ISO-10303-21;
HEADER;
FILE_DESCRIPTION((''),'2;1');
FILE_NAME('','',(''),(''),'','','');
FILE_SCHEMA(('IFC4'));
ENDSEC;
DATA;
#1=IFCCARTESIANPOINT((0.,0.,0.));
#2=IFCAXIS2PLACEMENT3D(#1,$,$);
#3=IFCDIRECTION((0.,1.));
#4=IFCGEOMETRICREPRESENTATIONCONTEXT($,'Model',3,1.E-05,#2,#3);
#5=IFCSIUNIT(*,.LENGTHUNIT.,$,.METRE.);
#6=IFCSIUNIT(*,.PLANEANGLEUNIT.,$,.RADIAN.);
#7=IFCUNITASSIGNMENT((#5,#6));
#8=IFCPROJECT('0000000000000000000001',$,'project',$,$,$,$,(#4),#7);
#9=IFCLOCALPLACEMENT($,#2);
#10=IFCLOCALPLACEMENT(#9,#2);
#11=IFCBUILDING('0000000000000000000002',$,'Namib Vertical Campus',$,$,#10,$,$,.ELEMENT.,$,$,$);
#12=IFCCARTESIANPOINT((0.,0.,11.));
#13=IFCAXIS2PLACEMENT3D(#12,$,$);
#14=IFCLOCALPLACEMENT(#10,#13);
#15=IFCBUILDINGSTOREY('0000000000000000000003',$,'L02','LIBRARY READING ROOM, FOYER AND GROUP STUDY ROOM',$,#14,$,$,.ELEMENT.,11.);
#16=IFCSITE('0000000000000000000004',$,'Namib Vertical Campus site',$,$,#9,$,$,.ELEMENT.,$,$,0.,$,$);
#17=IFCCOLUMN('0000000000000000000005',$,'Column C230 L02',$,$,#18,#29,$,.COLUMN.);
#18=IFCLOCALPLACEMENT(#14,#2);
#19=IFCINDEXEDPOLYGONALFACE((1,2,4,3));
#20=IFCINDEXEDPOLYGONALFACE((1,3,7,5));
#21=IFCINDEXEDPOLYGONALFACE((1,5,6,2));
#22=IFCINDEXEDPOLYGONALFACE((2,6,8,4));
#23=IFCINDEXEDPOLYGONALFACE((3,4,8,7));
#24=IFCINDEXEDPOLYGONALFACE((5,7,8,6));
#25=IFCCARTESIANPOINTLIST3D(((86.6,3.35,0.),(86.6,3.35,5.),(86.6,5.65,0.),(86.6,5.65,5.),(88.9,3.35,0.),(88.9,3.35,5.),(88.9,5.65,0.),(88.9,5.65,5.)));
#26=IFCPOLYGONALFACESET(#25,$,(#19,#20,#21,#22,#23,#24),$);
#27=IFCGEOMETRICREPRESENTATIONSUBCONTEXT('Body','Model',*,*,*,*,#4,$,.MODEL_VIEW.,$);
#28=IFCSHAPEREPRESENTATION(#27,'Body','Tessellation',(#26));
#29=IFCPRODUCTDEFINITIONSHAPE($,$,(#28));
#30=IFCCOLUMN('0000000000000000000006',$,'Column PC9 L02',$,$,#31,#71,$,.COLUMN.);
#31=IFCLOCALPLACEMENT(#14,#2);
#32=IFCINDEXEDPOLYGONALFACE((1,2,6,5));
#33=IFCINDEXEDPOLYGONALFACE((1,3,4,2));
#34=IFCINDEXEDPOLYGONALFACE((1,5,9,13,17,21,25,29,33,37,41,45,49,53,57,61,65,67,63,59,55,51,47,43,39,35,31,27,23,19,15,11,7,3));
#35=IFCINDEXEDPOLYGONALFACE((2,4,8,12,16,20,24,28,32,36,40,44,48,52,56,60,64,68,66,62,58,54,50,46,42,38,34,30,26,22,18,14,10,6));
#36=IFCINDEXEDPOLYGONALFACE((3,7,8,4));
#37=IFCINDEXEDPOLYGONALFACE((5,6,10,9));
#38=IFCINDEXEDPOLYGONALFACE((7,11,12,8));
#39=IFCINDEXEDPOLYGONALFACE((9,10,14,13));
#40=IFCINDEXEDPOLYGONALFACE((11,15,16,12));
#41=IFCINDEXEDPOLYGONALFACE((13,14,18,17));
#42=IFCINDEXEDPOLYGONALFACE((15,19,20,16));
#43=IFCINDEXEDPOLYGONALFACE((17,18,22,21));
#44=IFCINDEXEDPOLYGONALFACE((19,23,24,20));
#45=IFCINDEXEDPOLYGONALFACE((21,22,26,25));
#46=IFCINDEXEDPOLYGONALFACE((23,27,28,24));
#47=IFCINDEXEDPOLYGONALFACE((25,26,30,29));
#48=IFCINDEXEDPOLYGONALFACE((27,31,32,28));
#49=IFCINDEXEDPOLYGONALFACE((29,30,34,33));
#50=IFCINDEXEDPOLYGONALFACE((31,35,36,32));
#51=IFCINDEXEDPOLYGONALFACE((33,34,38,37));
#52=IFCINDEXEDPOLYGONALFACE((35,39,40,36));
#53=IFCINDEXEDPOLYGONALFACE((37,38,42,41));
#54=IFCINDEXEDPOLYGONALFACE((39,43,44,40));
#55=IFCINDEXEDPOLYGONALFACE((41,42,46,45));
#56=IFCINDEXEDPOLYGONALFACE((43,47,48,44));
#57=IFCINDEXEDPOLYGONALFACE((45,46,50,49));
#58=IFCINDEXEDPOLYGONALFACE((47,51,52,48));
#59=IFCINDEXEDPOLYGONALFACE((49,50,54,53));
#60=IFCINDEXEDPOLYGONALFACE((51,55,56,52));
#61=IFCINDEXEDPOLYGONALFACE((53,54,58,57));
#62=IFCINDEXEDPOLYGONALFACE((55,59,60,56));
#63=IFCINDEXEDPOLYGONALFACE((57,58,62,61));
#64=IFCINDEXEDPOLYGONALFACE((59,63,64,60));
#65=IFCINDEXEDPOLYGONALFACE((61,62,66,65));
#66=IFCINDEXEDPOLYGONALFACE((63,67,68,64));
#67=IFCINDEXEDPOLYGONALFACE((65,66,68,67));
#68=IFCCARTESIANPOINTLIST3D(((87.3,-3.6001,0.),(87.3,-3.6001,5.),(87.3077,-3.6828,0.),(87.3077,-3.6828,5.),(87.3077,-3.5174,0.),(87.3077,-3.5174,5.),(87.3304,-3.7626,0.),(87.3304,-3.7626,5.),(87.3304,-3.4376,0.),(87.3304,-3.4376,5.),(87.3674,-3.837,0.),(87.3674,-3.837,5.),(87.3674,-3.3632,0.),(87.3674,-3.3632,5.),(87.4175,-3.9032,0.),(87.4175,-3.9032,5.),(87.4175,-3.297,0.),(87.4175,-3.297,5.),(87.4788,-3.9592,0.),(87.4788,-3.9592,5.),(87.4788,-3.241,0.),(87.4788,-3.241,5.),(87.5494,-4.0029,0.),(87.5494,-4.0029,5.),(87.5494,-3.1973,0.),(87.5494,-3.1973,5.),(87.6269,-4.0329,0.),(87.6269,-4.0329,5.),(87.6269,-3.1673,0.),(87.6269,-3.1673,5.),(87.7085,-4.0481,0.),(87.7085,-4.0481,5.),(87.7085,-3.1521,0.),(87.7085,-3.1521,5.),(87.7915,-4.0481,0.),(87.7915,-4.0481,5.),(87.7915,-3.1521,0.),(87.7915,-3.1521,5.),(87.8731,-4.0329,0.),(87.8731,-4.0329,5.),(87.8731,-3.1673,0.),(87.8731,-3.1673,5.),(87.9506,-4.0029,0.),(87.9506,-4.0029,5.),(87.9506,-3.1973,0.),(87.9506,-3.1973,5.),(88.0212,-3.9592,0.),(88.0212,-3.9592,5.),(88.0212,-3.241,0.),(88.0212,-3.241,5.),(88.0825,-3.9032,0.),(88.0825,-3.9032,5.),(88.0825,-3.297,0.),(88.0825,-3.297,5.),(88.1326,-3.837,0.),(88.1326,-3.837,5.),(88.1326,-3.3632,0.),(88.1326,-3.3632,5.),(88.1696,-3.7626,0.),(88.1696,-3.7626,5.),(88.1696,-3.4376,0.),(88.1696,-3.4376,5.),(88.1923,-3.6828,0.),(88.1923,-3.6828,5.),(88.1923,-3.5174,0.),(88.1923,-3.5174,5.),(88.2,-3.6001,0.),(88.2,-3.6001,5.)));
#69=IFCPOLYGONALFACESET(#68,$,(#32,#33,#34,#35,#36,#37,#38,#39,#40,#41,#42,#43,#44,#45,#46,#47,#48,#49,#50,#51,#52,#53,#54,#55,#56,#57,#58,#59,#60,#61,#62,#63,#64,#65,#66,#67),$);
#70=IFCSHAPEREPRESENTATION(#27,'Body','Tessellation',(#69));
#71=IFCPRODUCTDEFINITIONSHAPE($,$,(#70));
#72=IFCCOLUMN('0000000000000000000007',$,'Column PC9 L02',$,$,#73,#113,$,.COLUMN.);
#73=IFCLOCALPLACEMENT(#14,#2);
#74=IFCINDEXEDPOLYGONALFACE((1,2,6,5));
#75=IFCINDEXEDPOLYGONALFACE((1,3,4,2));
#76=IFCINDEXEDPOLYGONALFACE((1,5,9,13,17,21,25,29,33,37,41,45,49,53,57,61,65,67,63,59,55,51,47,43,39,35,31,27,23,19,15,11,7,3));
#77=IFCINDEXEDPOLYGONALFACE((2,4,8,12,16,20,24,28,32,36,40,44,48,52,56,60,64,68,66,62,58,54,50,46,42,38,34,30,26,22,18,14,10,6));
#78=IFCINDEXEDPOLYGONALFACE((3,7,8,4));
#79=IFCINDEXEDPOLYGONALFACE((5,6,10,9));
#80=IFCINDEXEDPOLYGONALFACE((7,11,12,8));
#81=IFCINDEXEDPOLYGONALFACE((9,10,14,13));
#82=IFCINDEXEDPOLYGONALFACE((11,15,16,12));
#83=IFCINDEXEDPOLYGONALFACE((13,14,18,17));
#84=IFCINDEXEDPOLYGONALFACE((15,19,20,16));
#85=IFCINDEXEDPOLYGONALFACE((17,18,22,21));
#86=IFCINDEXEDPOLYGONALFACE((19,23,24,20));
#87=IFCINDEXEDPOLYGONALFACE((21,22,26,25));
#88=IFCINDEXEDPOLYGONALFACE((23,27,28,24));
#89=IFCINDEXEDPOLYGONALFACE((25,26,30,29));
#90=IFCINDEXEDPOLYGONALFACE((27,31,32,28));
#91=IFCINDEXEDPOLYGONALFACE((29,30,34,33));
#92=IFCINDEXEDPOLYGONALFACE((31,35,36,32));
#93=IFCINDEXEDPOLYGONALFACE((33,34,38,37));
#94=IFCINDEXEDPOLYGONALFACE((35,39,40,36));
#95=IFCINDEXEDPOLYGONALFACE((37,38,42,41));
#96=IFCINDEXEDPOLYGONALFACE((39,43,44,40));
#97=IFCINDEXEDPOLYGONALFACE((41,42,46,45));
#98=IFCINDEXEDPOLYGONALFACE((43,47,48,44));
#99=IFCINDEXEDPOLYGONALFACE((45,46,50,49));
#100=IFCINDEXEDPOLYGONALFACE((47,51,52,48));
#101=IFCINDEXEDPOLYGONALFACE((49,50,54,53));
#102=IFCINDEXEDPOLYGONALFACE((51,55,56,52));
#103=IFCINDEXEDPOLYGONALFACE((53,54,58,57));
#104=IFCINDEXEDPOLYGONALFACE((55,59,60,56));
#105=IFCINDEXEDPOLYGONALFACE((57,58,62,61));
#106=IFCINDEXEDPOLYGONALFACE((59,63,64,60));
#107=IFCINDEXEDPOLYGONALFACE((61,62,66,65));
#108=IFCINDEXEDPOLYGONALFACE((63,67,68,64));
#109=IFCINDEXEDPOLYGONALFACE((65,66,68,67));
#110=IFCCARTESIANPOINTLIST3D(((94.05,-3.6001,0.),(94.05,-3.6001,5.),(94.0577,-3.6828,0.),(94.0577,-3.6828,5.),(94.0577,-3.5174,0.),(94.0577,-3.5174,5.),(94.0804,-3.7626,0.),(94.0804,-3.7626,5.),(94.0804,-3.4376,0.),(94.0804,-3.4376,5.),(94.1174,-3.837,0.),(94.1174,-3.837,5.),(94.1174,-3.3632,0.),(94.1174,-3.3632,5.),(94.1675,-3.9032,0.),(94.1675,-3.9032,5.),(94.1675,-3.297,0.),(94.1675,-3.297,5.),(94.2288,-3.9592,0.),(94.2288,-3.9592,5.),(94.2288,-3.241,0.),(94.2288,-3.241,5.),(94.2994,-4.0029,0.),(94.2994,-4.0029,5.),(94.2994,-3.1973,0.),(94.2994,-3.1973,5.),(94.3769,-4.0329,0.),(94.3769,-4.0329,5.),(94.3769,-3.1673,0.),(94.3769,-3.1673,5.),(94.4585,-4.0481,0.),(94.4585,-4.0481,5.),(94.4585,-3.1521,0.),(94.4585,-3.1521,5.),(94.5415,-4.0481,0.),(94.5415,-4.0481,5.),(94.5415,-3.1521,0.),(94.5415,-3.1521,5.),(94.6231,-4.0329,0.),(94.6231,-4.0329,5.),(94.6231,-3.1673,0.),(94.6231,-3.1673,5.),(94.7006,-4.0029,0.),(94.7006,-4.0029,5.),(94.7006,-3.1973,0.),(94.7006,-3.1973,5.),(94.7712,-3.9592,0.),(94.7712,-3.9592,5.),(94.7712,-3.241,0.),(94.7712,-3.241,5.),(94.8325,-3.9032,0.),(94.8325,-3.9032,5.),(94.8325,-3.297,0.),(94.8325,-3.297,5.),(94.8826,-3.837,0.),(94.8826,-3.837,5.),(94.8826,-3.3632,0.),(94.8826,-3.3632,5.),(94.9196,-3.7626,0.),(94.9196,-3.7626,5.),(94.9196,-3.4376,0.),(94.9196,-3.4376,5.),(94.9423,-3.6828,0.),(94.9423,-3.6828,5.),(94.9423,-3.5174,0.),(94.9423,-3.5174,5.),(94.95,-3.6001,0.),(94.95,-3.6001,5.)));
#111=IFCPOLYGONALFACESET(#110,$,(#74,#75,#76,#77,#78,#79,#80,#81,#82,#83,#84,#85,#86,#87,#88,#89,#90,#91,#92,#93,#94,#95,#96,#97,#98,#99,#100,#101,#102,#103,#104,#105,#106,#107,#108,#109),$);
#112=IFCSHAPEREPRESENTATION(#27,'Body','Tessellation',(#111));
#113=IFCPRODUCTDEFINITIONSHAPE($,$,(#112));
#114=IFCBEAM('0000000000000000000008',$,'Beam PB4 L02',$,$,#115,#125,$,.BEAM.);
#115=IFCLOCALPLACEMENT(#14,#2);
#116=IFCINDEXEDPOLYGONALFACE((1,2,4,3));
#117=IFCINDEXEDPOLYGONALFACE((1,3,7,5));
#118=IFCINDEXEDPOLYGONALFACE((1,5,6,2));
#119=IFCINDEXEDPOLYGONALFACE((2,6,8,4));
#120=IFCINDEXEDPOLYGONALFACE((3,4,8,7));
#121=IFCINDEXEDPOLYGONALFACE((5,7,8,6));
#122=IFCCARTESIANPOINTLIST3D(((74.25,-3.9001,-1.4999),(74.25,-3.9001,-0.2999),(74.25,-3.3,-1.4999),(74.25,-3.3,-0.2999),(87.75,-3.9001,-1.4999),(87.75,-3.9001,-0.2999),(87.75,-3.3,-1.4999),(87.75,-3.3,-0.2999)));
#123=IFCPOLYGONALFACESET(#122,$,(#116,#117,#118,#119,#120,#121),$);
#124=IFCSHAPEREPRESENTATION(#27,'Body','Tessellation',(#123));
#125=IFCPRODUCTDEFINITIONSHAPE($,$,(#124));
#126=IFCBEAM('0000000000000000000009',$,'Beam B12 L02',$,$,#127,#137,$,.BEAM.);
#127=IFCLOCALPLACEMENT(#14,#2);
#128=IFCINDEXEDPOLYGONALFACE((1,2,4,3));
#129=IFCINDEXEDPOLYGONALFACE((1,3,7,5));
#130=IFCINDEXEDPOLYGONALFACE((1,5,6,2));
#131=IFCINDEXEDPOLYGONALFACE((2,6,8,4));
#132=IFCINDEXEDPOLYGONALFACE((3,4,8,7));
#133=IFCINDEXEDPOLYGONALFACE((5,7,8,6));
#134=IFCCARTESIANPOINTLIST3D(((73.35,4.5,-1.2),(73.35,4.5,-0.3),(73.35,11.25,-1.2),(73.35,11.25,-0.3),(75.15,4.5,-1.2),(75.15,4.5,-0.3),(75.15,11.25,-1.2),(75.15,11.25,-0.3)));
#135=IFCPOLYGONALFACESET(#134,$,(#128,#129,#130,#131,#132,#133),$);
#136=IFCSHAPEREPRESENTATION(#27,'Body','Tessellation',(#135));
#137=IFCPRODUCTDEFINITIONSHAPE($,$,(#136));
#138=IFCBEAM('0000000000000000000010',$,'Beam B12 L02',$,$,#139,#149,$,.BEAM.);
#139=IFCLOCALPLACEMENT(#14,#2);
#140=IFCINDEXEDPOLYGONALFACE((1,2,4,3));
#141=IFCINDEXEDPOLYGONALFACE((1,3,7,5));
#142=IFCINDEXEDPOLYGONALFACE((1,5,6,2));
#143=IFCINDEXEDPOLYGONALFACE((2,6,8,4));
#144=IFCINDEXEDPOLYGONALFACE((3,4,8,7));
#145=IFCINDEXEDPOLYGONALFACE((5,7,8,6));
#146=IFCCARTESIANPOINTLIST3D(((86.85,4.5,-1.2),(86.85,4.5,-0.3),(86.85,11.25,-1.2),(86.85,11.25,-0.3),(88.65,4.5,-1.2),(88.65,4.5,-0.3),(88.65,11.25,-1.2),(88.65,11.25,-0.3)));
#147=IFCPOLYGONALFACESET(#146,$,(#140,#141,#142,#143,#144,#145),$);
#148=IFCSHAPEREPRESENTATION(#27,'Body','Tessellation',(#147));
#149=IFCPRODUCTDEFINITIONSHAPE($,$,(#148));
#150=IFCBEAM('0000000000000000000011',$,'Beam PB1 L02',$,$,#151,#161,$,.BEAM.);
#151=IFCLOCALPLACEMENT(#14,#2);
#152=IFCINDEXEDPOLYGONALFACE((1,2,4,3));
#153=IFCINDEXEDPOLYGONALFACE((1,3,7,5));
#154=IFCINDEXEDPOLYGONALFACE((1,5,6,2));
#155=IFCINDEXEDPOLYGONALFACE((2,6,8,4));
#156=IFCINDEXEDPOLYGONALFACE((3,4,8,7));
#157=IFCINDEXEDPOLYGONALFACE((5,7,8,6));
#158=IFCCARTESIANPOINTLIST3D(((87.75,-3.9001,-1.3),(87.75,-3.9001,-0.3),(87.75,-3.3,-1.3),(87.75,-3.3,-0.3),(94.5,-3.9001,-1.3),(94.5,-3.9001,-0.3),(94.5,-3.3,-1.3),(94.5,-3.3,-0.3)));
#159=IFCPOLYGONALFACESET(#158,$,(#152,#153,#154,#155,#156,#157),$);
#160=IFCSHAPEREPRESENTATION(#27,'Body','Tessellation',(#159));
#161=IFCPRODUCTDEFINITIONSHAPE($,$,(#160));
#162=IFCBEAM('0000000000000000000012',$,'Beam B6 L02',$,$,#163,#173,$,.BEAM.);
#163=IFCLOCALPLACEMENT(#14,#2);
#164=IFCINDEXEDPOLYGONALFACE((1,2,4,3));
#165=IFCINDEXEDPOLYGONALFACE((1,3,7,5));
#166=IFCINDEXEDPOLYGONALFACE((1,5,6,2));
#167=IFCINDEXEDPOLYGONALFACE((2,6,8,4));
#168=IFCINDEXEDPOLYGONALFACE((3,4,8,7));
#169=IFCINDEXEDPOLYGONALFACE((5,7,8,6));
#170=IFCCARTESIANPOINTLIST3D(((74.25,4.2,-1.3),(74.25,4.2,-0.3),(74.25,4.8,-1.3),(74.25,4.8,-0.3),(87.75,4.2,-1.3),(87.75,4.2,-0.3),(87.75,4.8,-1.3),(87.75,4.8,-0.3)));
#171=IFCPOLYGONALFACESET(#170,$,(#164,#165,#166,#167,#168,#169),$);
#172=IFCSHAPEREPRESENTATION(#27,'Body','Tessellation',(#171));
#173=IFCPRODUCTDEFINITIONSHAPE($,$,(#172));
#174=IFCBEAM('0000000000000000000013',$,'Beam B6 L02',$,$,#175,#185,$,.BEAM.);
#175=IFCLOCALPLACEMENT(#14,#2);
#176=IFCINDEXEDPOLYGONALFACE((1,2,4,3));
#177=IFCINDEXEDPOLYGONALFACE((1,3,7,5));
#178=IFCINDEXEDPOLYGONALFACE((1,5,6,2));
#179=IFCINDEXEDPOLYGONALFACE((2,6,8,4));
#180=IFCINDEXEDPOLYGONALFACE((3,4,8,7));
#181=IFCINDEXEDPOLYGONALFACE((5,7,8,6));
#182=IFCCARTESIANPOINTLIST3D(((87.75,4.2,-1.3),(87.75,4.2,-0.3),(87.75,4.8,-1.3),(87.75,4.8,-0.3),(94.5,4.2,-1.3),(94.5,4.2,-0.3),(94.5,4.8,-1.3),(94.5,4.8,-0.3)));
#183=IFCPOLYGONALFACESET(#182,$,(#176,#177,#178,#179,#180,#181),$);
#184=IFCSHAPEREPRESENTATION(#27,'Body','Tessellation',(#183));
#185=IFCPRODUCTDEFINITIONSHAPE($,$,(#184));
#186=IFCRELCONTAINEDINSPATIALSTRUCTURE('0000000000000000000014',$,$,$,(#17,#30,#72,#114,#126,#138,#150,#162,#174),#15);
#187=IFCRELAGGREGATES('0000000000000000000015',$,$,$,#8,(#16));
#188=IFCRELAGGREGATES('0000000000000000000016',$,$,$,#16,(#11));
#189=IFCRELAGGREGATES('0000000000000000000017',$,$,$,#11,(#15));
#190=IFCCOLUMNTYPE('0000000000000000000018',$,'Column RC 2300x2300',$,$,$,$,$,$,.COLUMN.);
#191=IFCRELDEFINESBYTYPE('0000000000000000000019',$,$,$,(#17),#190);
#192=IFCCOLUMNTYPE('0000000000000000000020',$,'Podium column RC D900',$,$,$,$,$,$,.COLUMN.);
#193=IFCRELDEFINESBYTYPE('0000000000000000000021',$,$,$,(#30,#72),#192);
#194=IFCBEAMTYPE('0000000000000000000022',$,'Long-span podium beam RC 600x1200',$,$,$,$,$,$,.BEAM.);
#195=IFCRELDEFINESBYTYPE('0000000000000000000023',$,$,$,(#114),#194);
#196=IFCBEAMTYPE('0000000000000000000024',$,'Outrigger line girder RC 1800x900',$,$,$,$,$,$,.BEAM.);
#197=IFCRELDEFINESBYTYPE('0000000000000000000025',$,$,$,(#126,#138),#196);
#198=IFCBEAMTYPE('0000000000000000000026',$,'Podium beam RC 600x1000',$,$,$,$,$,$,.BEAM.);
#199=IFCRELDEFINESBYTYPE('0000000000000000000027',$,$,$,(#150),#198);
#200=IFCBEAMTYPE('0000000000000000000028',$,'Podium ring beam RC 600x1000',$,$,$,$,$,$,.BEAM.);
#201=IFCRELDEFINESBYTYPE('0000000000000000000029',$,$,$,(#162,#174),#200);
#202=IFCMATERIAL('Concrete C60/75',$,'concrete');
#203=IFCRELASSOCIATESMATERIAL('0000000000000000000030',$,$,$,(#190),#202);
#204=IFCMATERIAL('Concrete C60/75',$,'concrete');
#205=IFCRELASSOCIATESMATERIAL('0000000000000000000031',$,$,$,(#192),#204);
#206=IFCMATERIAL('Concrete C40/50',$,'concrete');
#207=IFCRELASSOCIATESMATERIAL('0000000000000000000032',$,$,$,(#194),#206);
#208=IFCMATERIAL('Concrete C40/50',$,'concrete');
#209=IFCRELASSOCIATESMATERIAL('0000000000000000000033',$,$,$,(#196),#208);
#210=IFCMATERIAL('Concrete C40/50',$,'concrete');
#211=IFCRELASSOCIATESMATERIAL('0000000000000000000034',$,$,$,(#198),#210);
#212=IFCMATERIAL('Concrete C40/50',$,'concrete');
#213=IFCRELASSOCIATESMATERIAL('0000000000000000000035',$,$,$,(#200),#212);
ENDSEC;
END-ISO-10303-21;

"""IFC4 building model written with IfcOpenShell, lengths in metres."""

from ifc_helpers import new_model, si_unit, direction, frame, origin, origin_2d, place, context, subcontext, project, spatial, rectangle, circle, extrude, material, material_profile, profile_set, type_object, element, save


model = new_model("IFC4")

# Units and contexts
model_context = context("Model", 3, precision=1e-05, world=origin(), true_north=direction((0.0, 1.0)))
body_context = subcontext(model_context, "Body", "Model", "MODEL_VIEW")
ifc_project = project(units=[si_unit("LENGTHUNIT", "METRE"), si_unit("PLANEANGLEUNIT", "RADIAN")], contexts=[model_context])

# Site, building, storey
site_placement = place(None, origin())
site = spatial("IfcSite", under=ifc_project, at=site_placement, Name="Namib Vertical Campus site", CompositionType="ELEMENT", RefElevation=0.0)
building_placement = place(site_placement, origin())
building = spatial("IfcBuilding", under=site, at=building_placement, Name="Namib Vertical Campus", CompositionType="ELEMENT")
storey_placement = place(building_placement, frame((0.0, 0.0, 11.0)))
storey = spatial("IfcBuildingStorey", under=building, at=storey_placement, Name="L02", Description="LIBRARY READING ROOM, FOYER AND GROUP STUDY ROOM", CompositionType="ELEMENT", Elevation=11.0)

# Columns
ifc_material_1 = material(Name="Concrete C60/75", Category="concrete")
ifc_material_profile_1 = material_profile(ifc_material_1, rectangle(XDim=2.3, YDim=2.3, at=origin_2d()))
ifc_profile_set_1 = profile_set([ifc_material_profile_1], Name="Concrete C60/75")
column_type_1 = type_object("IfcColumnType", Name="Column RC 2300x2300", PredefinedType="COLUMN", material=ifc_profile_set_1)
column_placement = place(storey_placement, frame((87.75, 4.5, 0.0), z_axis=(0.0, 0.0, 1.0), x_axis=(1.0, 0.0, 0.0)))
element("IfcColumn", 1, at=column_placement, inside=storey, type_object=column_type_1, Name="Column C230 L02", PredefinedType="COLUMN", context=body_context, shape_type="SweptSolid", body=[
    extrude(rectangle(XDim=2.3, YDim=2.3, at=origin_2d()), origin(), (0.0, 0.0, 1.0), 5.0),
])
ifc_material_2 = material(Name="Concrete C60/75", Category="concrete")
ifc_material_profile_2 = material_profile(ifc_material_2, circle(Radius=0.45, at=origin_2d()))
ifc_profile_set_2 = profile_set([ifc_material_profile_2], Name="Concrete C60/75")
column_type_2 = type_object("IfcColumnType", Name="Podium column RC D900", PredefinedType="COLUMN", material=ifc_profile_set_2)
for number, where, z_axis, x_axis, name in (
    (2, (87.75, -3.6001, 0.0), (0.0, 0.0, 1.0), (1.0, 0.0, 0.0), "Column PC9 L02"),
    (3, (94.5, -3.6001, 0.0), (0.0, 0.0, 1.0), (1.0, 0.0, 0.0), "Column PC9 L02"),
):
    element("IfcColumn", number, at=place(storey_placement, frame(where, z_axis=z_axis, x_axis=x_axis)), inside=storey, type_object=column_type_2, Name=name, PredefinedType="COLUMN", context=body_context, shape_type="SweptSolid", body=[
        extrude(circle(Radius=0.45, at=origin_2d()), origin(), (0.0, 0.0, 1.0), 5.0),
    ])

# Beams
ifc_material_3 = material(Name="Concrete C40/50", Category="concrete")
ifc_material_profile_3 = material_profile(ifc_material_3, rectangle(XDim=0.6001, YDim=1.2, at=origin_2d()))
ifc_profile_set_3 = profile_set([ifc_material_profile_3], Name="Concrete C40/50")
beam_type_1 = type_object("IfcBeamType", Name="Long-span podium beam RC 600x1200", PredefinedType="BEAM", material=ifc_profile_set_3)
beam_1_placement = place(storey_placement, frame((74.25, -3.6001, -0.8999), z_axis=(1.0, 0.0, 0.0), x_axis=(0.0, 1.0, 0.0)))
element("IfcBeam", 4, at=beam_1_placement, inside=storey, type_object=beam_type_1, Name="Beam PB4 L02", PredefinedType="BEAM", context=body_context, shape_type="SweptSolid", body=[
    extrude(rectangle(XDim=0.6001, YDim=1.2, at=origin_2d()), origin(), (0.0, 0.0, 1.0), 13.5),
])
ifc_material_4 = material(Name="Concrete C40/50", Category="concrete")
ifc_material_profile_4 = material_profile(ifc_material_4, rectangle(XDim=1.8, YDim=0.8999, at=origin_2d()))
ifc_profile_set_4 = profile_set([ifc_material_profile_4], Name="Concrete C40/50")
beam_type_2 = type_object("IfcBeamType", Name="Outrigger line girder RC 1800x900", PredefinedType="BEAM", material=ifc_profile_set_4)
for number, where, z_axis, x_axis, name in (
    (5, (74.25, 4.5, -0.75), (0.0, 1.0, 0.0), (-1.0, 0.0, 0.0), "Beam B12 L02"),
    (6, (87.75, 4.5, -0.75), (0.0, 1.0, 0.0), (-1.0, 0.0, 0.0), "Beam B12 L02"),
):
    element("IfcBeam", number, at=place(storey_placement, frame(where, z_axis=z_axis, x_axis=x_axis)), inside=storey, type_object=beam_type_2, Name=name, PredefinedType="BEAM", context=body_context, shape_type="SweptSolid", body=[
        extrude(rectangle(XDim=1.8, YDim=0.8999, at=origin_2d()), origin(), (0.0, 0.0, 1.0), 6.75),
    ])
ifc_material_5 = material(Name="Concrete C40/50", Category="concrete")
ifc_material_profile_5 = material_profile(ifc_material_5, rectangle(XDim=0.6001, YDim=1.0, at=origin_2d()))
ifc_profile_set_5 = profile_set([ifc_material_profile_5], Name="Concrete C40/50")
beam_type_3 = type_object("IfcBeamType", Name="Podium beam RC 600x1000", PredefinedType="BEAM", material=ifc_profile_set_5)
beam_2_placement = place(storey_placement, frame((87.75, -3.6001, -0.8), z_axis=(1.0, 0.0, 0.0), x_axis=(0.0, 1.0, 0.0)))
element("IfcBeam", 7, at=beam_2_placement, inside=storey, type_object=beam_type_3, Name="Beam PB1 L02", PredefinedType="BEAM", context=body_context, shape_type="SweptSolid", body=[
    extrude(rectangle(XDim=0.6001, YDim=1.0, at=origin_2d()), origin(), (0.0, 0.0, 1.0), 6.75),
])
ifc_material_6 = material(Name="Concrete C40/50", Category="concrete")
ifc_material_profile_6 = material_profile(ifc_material_6, rectangle(XDim=0.6001, YDim=1.0, at=origin_2d()))
ifc_profile_set_6 = profile_set([ifc_material_profile_6], Name="Concrete C40/50")
beam_type_4 = type_object("IfcBeamType", Name="Podium ring beam RC 600x1000", PredefinedType="BEAM", material=ifc_profile_set_6)
beam_3_placement = place(storey_placement, frame((74.25, 4.5, -0.8), z_axis=(1.0, 0.0, 0.0), x_axis=(0.0, 1.0, 0.0)))
element("IfcBeam", 8, at=beam_3_placement, inside=storey, type_object=beam_type_4, Name="Beam B6 L02", PredefinedType="BEAM", context=body_context, shape_type="SweptSolid", body=[
    extrude(rectangle(XDim=0.6001, YDim=1.0, at=origin_2d()), origin(), (0.0, 0.0, 1.0), 13.5),
])
beam_4_placement = place(storey_placement, frame((87.75, 4.5, -0.8), z_axis=(1.0, 0.0, 0.0), x_axis=(0.0, 1.0, 0.0)))
element("IfcBeam", 9, at=beam_4_placement, inside=storey, type_object=beam_type_4, Name="Beam B6 L02", PredefinedType="BEAM", context=body_context, shape_type="SweptSolid", body=[
    extrude(rectangle(XDim=0.6001, YDim=1.0, at=origin_2d()), origin(), (0.0, 0.0, 1.0), 6.75),
])

save(model, "model.ifc")
